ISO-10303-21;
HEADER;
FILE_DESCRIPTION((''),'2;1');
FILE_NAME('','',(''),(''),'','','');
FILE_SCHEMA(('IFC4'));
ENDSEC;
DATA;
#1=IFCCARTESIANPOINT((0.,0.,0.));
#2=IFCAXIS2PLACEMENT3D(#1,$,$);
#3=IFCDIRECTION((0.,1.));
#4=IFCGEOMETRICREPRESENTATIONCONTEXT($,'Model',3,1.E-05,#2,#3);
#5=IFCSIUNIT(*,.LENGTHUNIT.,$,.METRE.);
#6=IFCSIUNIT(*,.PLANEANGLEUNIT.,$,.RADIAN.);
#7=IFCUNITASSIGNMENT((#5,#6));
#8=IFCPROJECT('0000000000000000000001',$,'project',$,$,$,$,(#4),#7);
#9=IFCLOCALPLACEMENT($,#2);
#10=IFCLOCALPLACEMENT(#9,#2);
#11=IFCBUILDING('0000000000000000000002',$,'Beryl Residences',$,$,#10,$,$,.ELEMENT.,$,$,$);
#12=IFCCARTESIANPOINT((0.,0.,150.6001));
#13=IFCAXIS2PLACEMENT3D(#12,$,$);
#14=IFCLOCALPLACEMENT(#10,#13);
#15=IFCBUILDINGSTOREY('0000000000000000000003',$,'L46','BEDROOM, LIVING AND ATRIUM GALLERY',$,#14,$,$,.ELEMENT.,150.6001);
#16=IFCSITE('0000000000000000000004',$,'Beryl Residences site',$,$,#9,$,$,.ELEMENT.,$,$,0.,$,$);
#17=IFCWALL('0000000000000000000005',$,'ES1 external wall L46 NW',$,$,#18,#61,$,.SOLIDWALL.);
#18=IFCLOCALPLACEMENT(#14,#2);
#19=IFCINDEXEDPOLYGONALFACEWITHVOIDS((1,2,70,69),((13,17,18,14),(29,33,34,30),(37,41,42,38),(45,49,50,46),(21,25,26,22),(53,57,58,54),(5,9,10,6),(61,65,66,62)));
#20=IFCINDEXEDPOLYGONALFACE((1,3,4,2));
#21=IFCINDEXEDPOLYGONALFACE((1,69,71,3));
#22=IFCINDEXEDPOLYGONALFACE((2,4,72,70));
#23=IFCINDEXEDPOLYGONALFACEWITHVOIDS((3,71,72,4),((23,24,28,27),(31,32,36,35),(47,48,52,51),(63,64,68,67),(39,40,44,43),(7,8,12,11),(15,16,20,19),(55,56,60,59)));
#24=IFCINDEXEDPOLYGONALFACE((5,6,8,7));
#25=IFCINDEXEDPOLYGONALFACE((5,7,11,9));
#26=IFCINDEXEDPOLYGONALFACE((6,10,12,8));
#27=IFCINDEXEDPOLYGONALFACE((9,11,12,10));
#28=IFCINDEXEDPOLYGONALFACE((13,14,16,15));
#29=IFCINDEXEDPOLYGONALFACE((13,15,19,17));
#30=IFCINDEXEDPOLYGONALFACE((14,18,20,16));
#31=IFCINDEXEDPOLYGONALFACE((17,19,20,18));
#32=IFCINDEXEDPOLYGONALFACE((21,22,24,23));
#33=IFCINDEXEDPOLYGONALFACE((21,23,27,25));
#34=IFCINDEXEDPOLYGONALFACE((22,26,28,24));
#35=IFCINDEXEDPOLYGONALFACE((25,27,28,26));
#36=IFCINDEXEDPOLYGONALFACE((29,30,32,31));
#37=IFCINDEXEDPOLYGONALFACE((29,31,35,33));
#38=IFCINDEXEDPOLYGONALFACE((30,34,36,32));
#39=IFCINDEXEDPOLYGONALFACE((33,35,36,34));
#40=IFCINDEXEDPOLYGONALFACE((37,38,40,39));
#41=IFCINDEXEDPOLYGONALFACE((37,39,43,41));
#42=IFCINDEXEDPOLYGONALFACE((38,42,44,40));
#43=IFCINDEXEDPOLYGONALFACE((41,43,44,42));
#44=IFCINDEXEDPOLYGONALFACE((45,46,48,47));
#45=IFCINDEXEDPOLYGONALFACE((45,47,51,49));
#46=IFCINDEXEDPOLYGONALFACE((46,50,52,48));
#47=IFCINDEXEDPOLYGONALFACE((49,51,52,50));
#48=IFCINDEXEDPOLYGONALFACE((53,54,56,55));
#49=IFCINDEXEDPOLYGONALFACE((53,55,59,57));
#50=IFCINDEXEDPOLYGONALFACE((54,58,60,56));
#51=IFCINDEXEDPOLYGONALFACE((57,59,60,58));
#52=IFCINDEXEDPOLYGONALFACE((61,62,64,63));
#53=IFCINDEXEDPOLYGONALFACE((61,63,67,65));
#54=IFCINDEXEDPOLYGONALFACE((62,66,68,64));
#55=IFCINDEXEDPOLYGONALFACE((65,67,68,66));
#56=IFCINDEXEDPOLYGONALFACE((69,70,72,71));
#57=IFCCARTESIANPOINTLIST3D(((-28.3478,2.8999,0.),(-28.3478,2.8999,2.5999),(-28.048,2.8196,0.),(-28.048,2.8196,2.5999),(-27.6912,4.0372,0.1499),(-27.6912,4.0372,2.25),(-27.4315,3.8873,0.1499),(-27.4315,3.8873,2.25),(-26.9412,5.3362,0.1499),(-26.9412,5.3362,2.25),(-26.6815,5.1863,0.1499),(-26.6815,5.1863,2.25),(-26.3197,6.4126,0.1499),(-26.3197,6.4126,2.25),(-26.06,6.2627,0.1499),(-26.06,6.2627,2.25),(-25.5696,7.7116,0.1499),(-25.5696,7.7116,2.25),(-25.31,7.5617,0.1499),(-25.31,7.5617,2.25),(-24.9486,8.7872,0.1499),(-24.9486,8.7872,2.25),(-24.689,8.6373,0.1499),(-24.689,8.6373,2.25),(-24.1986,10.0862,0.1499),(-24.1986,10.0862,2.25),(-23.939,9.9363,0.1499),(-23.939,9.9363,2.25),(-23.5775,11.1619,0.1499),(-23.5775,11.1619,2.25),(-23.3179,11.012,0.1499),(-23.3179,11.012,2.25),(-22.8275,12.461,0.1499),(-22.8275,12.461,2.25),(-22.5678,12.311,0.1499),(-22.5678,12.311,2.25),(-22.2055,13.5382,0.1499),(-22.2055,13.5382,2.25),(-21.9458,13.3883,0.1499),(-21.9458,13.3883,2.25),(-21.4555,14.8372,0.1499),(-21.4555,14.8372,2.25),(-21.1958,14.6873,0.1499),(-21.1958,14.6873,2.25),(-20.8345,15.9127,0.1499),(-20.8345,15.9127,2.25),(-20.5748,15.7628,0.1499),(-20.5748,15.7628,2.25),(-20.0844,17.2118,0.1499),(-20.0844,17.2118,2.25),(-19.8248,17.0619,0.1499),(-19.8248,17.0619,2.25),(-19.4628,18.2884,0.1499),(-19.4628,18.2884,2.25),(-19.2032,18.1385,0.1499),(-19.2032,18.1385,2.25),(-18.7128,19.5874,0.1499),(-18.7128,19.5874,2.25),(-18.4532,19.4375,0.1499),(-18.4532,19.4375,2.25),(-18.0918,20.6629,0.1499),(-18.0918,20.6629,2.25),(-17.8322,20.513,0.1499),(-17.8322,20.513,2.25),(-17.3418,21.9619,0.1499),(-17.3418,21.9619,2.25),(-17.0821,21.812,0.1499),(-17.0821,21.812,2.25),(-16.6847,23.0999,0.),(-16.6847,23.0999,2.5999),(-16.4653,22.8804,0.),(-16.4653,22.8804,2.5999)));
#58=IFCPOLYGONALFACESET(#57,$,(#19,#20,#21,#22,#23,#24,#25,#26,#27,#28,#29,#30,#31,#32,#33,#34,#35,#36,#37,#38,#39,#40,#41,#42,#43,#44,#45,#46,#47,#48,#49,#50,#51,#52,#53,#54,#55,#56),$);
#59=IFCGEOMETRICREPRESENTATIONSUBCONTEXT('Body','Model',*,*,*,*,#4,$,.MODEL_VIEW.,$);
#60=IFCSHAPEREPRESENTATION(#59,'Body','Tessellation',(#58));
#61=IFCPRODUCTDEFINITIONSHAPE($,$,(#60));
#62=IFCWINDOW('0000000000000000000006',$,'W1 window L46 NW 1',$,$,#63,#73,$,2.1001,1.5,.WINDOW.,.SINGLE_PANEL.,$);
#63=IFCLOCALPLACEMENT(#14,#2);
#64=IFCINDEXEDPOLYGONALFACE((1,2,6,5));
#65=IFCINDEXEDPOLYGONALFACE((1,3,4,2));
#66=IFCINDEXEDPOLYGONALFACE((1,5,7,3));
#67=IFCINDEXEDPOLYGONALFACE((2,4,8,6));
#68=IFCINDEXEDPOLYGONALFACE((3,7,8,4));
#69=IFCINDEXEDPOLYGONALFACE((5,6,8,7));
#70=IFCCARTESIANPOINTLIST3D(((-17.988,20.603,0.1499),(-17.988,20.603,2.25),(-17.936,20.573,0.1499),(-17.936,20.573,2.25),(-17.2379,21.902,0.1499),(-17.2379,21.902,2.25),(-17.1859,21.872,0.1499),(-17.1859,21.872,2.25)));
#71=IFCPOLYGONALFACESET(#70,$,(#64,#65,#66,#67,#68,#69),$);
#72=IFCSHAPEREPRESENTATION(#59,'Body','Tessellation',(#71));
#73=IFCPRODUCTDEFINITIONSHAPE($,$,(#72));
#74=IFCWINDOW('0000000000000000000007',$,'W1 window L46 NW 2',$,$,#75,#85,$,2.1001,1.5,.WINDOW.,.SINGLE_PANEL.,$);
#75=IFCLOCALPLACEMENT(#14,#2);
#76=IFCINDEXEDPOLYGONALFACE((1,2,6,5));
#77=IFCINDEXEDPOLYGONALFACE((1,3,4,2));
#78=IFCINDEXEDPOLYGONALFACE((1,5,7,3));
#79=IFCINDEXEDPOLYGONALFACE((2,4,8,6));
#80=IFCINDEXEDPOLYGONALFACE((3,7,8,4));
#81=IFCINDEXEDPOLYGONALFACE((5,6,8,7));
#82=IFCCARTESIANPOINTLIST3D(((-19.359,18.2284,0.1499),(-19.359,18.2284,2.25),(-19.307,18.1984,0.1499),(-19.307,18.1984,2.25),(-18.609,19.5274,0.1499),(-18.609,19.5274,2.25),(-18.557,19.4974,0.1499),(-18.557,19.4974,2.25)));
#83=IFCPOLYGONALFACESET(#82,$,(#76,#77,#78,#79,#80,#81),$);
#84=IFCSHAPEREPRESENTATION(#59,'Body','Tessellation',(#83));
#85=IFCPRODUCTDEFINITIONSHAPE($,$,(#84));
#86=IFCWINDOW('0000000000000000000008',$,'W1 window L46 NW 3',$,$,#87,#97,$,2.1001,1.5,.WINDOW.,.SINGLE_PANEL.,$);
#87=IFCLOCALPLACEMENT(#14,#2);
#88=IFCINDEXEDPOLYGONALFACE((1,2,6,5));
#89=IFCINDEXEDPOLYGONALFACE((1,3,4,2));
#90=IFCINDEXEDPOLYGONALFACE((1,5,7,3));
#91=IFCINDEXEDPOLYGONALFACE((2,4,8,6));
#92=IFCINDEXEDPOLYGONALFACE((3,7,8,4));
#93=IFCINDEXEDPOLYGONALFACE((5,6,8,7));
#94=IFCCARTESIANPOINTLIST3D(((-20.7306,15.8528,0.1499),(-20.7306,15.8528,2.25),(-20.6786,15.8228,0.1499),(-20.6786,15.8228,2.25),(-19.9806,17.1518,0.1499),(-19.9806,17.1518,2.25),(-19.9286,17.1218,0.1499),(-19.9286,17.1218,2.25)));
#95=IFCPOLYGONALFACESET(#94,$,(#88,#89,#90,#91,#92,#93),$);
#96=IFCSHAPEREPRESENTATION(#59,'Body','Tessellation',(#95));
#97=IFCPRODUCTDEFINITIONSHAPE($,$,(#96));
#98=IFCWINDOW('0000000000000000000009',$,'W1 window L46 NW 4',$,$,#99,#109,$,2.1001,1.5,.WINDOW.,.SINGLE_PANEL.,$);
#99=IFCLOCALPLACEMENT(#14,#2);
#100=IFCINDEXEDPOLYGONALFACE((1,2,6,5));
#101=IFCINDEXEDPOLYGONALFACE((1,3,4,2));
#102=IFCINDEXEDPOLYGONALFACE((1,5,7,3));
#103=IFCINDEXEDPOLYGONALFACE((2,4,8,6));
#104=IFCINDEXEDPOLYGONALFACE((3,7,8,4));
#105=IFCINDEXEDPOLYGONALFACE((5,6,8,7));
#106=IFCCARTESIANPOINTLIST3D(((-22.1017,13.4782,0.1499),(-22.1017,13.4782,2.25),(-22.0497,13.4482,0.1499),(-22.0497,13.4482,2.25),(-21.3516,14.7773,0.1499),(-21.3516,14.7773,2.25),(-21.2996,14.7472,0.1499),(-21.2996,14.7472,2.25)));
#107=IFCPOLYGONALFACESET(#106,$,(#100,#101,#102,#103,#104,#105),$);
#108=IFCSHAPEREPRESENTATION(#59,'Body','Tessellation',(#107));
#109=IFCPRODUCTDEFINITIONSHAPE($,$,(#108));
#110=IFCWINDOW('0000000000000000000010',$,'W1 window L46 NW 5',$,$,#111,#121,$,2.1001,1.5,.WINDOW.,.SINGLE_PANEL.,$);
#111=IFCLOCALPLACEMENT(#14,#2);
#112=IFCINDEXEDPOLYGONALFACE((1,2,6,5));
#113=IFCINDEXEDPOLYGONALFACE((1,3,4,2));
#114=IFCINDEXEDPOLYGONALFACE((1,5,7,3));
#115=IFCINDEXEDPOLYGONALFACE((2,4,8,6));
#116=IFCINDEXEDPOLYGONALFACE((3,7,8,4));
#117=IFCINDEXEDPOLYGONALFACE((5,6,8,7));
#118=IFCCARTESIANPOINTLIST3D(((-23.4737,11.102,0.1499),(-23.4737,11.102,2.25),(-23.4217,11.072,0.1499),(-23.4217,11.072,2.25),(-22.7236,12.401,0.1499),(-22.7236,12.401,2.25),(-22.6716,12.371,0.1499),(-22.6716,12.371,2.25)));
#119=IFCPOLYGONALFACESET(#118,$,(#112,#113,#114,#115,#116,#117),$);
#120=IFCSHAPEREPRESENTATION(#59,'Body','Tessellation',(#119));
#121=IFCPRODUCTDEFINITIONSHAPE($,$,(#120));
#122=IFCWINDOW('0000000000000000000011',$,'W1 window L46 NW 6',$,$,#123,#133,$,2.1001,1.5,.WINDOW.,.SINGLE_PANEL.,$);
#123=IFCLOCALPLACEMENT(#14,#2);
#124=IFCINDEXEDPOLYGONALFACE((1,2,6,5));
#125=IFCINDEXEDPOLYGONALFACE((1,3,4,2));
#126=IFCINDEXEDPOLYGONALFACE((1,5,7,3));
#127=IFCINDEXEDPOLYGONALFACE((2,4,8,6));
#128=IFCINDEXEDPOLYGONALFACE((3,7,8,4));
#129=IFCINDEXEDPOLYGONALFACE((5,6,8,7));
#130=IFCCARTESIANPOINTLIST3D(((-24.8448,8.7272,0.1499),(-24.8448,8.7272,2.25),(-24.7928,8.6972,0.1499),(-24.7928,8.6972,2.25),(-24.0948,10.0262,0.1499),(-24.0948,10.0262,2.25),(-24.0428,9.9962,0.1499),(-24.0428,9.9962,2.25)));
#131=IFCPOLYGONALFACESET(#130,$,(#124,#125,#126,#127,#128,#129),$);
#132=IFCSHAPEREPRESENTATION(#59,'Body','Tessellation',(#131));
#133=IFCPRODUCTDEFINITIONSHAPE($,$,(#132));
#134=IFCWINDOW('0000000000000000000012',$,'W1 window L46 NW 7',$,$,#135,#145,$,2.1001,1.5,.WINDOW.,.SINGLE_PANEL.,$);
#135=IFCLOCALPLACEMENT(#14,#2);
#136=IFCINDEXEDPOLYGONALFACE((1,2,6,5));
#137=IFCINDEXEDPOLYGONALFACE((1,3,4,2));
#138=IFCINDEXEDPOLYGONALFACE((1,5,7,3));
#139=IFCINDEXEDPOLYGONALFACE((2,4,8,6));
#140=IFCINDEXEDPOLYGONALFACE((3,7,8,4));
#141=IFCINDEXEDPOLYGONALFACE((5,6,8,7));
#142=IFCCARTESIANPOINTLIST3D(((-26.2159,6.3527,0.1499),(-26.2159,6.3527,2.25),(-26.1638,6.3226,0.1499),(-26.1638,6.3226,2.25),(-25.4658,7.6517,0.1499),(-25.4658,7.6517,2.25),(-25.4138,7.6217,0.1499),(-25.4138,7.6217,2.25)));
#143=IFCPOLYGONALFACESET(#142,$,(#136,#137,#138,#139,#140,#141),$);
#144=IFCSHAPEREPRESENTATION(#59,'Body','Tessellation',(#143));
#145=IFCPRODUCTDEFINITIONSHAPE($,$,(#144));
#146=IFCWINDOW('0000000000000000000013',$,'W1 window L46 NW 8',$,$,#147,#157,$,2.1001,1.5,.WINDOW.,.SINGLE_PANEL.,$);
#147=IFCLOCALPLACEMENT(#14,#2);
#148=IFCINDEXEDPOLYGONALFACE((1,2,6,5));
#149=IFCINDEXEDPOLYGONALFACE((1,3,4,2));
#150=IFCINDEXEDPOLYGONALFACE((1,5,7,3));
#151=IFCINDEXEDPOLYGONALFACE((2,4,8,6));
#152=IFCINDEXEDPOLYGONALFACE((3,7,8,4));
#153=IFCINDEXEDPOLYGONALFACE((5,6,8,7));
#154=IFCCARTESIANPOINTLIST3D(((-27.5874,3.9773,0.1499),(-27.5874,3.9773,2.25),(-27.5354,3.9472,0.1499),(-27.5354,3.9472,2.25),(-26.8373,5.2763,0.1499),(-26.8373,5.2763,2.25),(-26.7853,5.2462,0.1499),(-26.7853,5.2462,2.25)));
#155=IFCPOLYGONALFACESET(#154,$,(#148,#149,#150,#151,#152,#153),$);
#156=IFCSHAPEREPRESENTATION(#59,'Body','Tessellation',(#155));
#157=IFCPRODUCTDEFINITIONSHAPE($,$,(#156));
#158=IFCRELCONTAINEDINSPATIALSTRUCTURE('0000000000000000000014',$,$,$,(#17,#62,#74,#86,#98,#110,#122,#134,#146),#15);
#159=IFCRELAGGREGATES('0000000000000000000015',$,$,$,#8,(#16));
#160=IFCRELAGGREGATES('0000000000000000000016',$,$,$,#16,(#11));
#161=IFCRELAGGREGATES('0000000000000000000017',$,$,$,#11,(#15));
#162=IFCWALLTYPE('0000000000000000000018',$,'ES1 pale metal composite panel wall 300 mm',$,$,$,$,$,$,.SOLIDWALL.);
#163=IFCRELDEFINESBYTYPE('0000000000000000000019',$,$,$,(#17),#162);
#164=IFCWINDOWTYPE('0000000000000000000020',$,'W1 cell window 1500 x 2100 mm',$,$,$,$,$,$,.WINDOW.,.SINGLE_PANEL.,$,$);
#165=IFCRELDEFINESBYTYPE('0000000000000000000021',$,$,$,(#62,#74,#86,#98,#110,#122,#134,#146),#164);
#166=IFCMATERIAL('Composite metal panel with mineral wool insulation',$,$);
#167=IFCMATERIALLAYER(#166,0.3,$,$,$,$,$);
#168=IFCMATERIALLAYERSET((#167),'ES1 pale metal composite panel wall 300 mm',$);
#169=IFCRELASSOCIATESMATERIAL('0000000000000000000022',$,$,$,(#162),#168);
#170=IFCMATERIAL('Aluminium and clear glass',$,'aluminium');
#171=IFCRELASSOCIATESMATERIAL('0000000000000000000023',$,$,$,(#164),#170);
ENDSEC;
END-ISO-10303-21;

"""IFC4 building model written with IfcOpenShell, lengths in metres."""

from ifc_helpers import new_model, si_unit, direction, frame, frame_2d, origin, place, context, subcontext, project, spatial, polyline, rectangle, outline, extrude, material, layer, layer_set, type_object, element, fill, save


model = new_model("IFC4")

# Units and contexts
model_context = context("Model", 3, precision=1e-05, world=origin(), true_north=direction((0.0, 1.0)))
body_context = subcontext(model_context, "Body", "Model", "MODEL_VIEW")
ifc_project = project(units=[si_unit("LENGTHUNIT", "METRE"), si_unit("PLANEANGLEUNIT", "RADIAN")], contexts=[model_context])

# Site, building, storey
site_placement = place(None, origin())
site = spatial("IfcSite", under=ifc_project, at=site_placement, Name="Beryl Residences site", CompositionType="ELEMENT", RefElevation=0.0)
building_placement = place(site_placement, origin())
building = spatial("IfcBuilding", under=site, at=building_placement, Name="Beryl Residences", CompositionType="ELEMENT")
storey_placement = place(building_placement, frame((0.0, 0.0, 150.6001)))
storey = spatial("IfcBuildingStorey", under=building, at=storey_placement, Name="L46", Description="BEDROOM, LIVING AND ATRIUM GALLERY", CompositionType="ELEMENT", Elevation=150.6001)

# Wall, openings, windows
ifc_material_1 = material(Name="Composite metal panel with mineral wool insulation")
ifc_layer_1 = layer(ifc_material_1, 0.3)
ifc_layer_set_1 = layer_set([ifc_layer_1], Name="ES1 pale metal composite panel wall 300 mm")
wall_type_1 = type_object("IfcWallType", Name="ES1 pale metal composite panel wall 300 mm", PredefinedType="SOLIDWALL", material=ifc_layer_set_1)
wall_1_placement = place(storey_placement, frame((-16.5549, 23.0249, 0.0), z_axis=(0.0, 0.0, 1.0), x_axis=(-0.500021, -0.866014, 0.0)))
wall_1 = element("IfcWall", 1, at=wall_1_placement, inside=storey, type_object=wall_type_1, Name="ES1 external wall L46 NW", PredefinedType="SOLIDWALL", context=body_context, shape_type="SweptSolid", body=[
    extrude(outline(polyline([(0.0, -0.1499), (23.3252, -0.1499), (23.2449, 0.1499), (0.0803, 0.1499), (0.0, -0.1499)])), origin(), (0.0, 0.0, 1.0), 2.5999),
])
opening_1_placement = place(wall_1_placement, frame((1.314, 0.0, 0.1499)))
opening_1 = element("IfcOpeningElement", 2, at=opening_1_placement, cuts=wall_1, PredefinedType="OPENING", context=body_context, shape_type="SweptSolid", body=[
    extrude(rectangle(XDim=1.5, YDim=2.1001, at=frame_2d((0.75, 1.05))), frame((0.0, 0.1599, 0.0), z_axis=(0.0, -1.0, 0.0), x_axis=(1.0, 0.0, 0.0)), (0.0, 0.0, 1.0), 0.3201),
])
opening_2_placement = place(wall_1_placement, frame((4.0559, 0.0, 0.1499)))
opening_2 = element("IfcOpeningElement", 3, at=opening_2_placement, cuts=wall_1, PredefinedType="OPENING", context=body_context, shape_type="SweptSolid", body=[
    extrude(rectangle(XDim=1.5, YDim=2.1001, at=frame_2d((0.75, 1.05))), frame((0.0, 0.1599, 0.0), z_axis=(0.0, -1.0, 0.0), x_axis=(1.0, 0.0, 0.0)), (0.0, 0.0, 1.0), 0.3201),
])
opening_3_placement = place(wall_1_placement, frame((6.7991, 0.0, 0.1499)))
opening_3 = element("IfcOpeningElement", 4, at=opening_3_placement, cuts=wall_1, PredefinedType="OPENING", context=body_context, shape_type="SweptSolid", body=[
    extrude(rectangle(XDim=1.5, YDim=2.1001, at=frame_2d((0.75, 1.05))), frame((0.0, 0.1599, 0.0), z_axis=(0.0, -1.0, 0.0), x_axis=(1.0, 0.0, 0.0)), (0.0, 0.0, 1.0), 0.3201),
])
opening_4_placement = place(wall_1_placement, frame((9.541, 0.0, 0.1499)))
opening_4 = element("IfcOpeningElement", 5, at=opening_4_placement, cuts=wall_1, PredefinedType="OPENING", context=body_context, shape_type="SweptSolid", body=[
    extrude(rectangle(XDim=1.5, YDim=2.1001, at=frame_2d((0.75, 1.05))), frame((0.0, 0.1599, 0.0), z_axis=(0.0, -1.0, 0.0), x_axis=(1.0, 0.0, 0.0)), (0.0, 0.0, 1.0), 0.3201),
])
opening_5_placement = place(wall_1_placement, frame((12.2849, 0.0, 0.1499)))
opening_5 = element("IfcOpeningElement", 6, at=opening_5_placement, cuts=wall_1, PredefinedType="OPENING", context=body_context, shape_type="SweptSolid", body=[
    extrude(rectangle(XDim=1.5, YDim=2.1001, at=frame_2d((0.75, 1.05))), frame((0.0, 0.1599, 0.0), z_axis=(0.0, -1.0, 0.0), x_axis=(1.0, 0.0, 0.0)), (0.0, 0.0, 1.0), 0.3201),
])
opening_6_placement = place(wall_1_placement, frame((15.0271, 0.0, 0.1499)))
opening_6 = element("IfcOpeningElement", 7, at=opening_6_placement, cuts=wall_1, PredefinedType="OPENING", context=body_context, shape_type="SweptSolid", body=[
    extrude(rectangle(XDim=1.5, YDim=2.1001, at=frame_2d((0.75, 1.05))), frame((0.0, 0.1599, 0.0), z_axis=(0.0, -1.0, 0.0), x_axis=(1.0, 0.0, 0.0)), (0.0, 0.0, 1.0), 0.3201),
])
opening_7_placement = place(wall_1_placement, frame((17.769, 0.0, 0.1499)))
opening_7 = element("IfcOpeningElement", 8, at=opening_7_placement, cuts=wall_1, PredefinedType="OPENING", context=body_context, shape_type="SweptSolid", body=[
    extrude(rectangle(XDim=1.5, YDim=2.1001, at=frame_2d((0.75, 1.05))), frame((0.0, 0.1599, 0.0), z_axis=(0.0, -1.0, 0.0), x_axis=(1.0, 0.0, 0.0)), (0.0, 0.0, 1.0), 0.3201),
])
opening_8_placement = place(wall_1_placement, frame((20.512, 0.0, 0.1499)))
opening_8 = element("IfcOpeningElement", 9, at=opening_8_placement, cuts=wall_1, PredefinedType="OPENING", context=body_context, shape_type="SweptSolid", body=[
    extrude(rectangle(XDim=1.5, YDim=2.1001, at=frame_2d((0.75, 1.05))), frame((0.0, 0.1599, 0.0), z_axis=(0.0, -1.0, 0.0), x_axis=(1.0, 0.0, 0.0)), (0.0, 0.0, 1.0), 0.3201),
])
ifc_material_2 = material(Name="Aluminium and clear glass", Category="aluminium")
window_type_1 = type_object("IfcWindowType", Name="W1 cell window 1500 x 2100 mm", PartitioningType="SINGLE_PANEL", PredefinedType="WINDOW", material=ifc_material_2)
window_1_placement = place(opening_1_placement, origin())
window_1 = element("IfcWindow", 10, at=window_1_placement, inside=storey, type_object=window_type_1, Name="W1 window L46 NW 1", OverallHeight=2.1001, OverallWidth=1.5, PartitioningType="SINGLE_PANEL", PredefinedType="WINDOW", context=body_context, shape_type="SweptSolid", body=[
    extrude(rectangle(XDim=1.5, YDim=2.1001, at=frame_2d((0.75, 1.05))), frame((0.0, 0.03, 0.0), z_axis=(0.0, -1.0, 0.0), x_axis=(1.0, 0.0, 0.0)), (0.0, 0.0, 1.0), 0.0601),
])
fill(opening_1, window_1)
window_2_placement = place(opening_2_placement, origin())
window_2 = element("IfcWindow", 11, at=window_2_placement, inside=storey, type_object=window_type_1, Name="W1 window L46 NW 2", OverallHeight=2.1001, OverallWidth=1.5, PartitioningType="SINGLE_PANEL", PredefinedType="WINDOW", context=body_context, shape_type="SweptSolid", body=[
    extrude(rectangle(XDim=1.5, YDim=2.1001, at=frame_2d((0.75, 1.05))), frame((0.0, 0.03, 0.0), z_axis=(0.0, -1.0, 0.0), x_axis=(1.0, 0.0, 0.0)), (0.0, 0.0, 1.0), 0.0601),
])
fill(opening_2, window_2)
window_3_placement = place(opening_3_placement, origin())
window_3 = element("IfcWindow", 12, at=window_3_placement, inside=storey, type_object=window_type_1, Name="W1 window L46 NW 3", OverallHeight=2.1001, OverallWidth=1.5, PartitioningType="SINGLE_PANEL", PredefinedType="WINDOW", context=body_context, shape_type="SweptSolid", body=[
    extrude(rectangle(XDim=1.5, YDim=2.1001, at=frame_2d((0.75, 1.05))), frame((0.0, 0.03, 0.0), z_axis=(0.0, -1.0, 0.0), x_axis=(1.0, 0.0, 0.0)), (0.0, 0.0, 1.0), 0.0601),
])
fill(opening_3, window_3)
window_4_placement = place(opening_4_placement, origin())
window_4 = element("IfcWindow", 13, at=window_4_placement, inside=storey, type_object=window_type_1, Name="W1 window L46 NW 4", OverallHeight=2.1001, OverallWidth=1.5, PartitioningType="SINGLE_PANEL", PredefinedType="WINDOW", context=body_context, shape_type="SweptSolid", body=[
    extrude(rectangle(XDim=1.5, YDim=2.1001, at=frame_2d((0.75, 1.05))), frame((0.0, 0.03, 0.0), z_axis=(0.0, -1.0, 0.0), x_axis=(1.0, 0.0, 0.0)), (0.0, 0.0, 1.0), 0.0601),
])
fill(opening_4, window_4)
window_5_placement = place(opening_5_placement, origin())
window_5 = element("IfcWindow", 14, at=window_5_placement, inside=storey, type_object=window_type_1, Name="W1 window L46 NW 5", OverallHeight=2.1001, OverallWidth=1.5, PartitioningType="SINGLE_PANEL", PredefinedType="WINDOW", context=body_context, shape_type="SweptSolid", body=[
    extrude(rectangle(XDim=1.5, YDim=2.1001, at=frame_2d((0.75, 1.05))), frame((0.0, 0.03, 0.0), z_axis=(0.0, -1.0, 0.0), x_axis=(1.0, 0.0, 0.0)), (0.0, 0.0, 1.0), 0.0601),
])
fill(opening_5, window_5)
window_6_placement = place(opening_6_placement, origin())
window_6 = element("IfcWindow", 15, at=window_6_placement, inside=storey, type_object=window_type_1, Name="W1 window L46 NW 6", OverallHeight=2.1001, OverallWidth=1.5, PartitioningType="SINGLE_PANEL", PredefinedType="WINDOW", context=body_context, shape_type="SweptSolid", body=[
    extrude(rectangle(XDim=1.5, YDim=2.1001, at=frame_2d((0.75, 1.05))), frame((0.0, 0.03, 0.0), z_axis=(0.0, -1.0, 0.0), x_axis=(1.0, 0.0, 0.0)), (0.0, 0.0, 1.0), 0.0601),
])
fill(opening_6, window_6)
window_7_placement = place(opening_7_placement, origin())
window_7 = element("IfcWindow", 16, at=window_7_placement, inside=storey, type_object=window_type_1, Name="W1 window L46 NW 7", OverallHeight=2.1001, OverallWidth=1.5, PartitioningType="SINGLE_PANEL", PredefinedType="WINDOW", context=body_context, shape_type="SweptSolid", body=[
    extrude(rectangle(XDim=1.5, YDim=2.1001, at=frame_2d((0.75, 1.05))), frame((0.0, 0.03, 0.0), z_axis=(0.0, -1.0, 0.0), x_axis=(1.0, 0.0, 0.0)), (0.0, 0.0, 1.0), 0.0601),
])
fill(opening_7, window_7)
window_8_placement = place(opening_8_placement, origin())
window_8 = element("IfcWindow", 17, at=window_8_placement, inside=storey, type_object=window_type_1, Name="W1 window L46 NW 8", OverallHeight=2.1001, OverallWidth=1.5, PartitioningType="SINGLE_PANEL", PredefinedType="WINDOW", context=body_context, shape_type="SweptSolid", body=[
    extrude(rectangle(XDim=1.5, YDim=2.1001, at=frame_2d((0.75, 1.05))), frame((0.0, 0.03, 0.0), z_axis=(0.0, -1.0, 0.0), x_axis=(1.0, 0.0, 0.0)), (0.0, 0.0, 1.0), 0.0601),
])
fill(opening_8, window_8)

save(model, "model.ifc")
